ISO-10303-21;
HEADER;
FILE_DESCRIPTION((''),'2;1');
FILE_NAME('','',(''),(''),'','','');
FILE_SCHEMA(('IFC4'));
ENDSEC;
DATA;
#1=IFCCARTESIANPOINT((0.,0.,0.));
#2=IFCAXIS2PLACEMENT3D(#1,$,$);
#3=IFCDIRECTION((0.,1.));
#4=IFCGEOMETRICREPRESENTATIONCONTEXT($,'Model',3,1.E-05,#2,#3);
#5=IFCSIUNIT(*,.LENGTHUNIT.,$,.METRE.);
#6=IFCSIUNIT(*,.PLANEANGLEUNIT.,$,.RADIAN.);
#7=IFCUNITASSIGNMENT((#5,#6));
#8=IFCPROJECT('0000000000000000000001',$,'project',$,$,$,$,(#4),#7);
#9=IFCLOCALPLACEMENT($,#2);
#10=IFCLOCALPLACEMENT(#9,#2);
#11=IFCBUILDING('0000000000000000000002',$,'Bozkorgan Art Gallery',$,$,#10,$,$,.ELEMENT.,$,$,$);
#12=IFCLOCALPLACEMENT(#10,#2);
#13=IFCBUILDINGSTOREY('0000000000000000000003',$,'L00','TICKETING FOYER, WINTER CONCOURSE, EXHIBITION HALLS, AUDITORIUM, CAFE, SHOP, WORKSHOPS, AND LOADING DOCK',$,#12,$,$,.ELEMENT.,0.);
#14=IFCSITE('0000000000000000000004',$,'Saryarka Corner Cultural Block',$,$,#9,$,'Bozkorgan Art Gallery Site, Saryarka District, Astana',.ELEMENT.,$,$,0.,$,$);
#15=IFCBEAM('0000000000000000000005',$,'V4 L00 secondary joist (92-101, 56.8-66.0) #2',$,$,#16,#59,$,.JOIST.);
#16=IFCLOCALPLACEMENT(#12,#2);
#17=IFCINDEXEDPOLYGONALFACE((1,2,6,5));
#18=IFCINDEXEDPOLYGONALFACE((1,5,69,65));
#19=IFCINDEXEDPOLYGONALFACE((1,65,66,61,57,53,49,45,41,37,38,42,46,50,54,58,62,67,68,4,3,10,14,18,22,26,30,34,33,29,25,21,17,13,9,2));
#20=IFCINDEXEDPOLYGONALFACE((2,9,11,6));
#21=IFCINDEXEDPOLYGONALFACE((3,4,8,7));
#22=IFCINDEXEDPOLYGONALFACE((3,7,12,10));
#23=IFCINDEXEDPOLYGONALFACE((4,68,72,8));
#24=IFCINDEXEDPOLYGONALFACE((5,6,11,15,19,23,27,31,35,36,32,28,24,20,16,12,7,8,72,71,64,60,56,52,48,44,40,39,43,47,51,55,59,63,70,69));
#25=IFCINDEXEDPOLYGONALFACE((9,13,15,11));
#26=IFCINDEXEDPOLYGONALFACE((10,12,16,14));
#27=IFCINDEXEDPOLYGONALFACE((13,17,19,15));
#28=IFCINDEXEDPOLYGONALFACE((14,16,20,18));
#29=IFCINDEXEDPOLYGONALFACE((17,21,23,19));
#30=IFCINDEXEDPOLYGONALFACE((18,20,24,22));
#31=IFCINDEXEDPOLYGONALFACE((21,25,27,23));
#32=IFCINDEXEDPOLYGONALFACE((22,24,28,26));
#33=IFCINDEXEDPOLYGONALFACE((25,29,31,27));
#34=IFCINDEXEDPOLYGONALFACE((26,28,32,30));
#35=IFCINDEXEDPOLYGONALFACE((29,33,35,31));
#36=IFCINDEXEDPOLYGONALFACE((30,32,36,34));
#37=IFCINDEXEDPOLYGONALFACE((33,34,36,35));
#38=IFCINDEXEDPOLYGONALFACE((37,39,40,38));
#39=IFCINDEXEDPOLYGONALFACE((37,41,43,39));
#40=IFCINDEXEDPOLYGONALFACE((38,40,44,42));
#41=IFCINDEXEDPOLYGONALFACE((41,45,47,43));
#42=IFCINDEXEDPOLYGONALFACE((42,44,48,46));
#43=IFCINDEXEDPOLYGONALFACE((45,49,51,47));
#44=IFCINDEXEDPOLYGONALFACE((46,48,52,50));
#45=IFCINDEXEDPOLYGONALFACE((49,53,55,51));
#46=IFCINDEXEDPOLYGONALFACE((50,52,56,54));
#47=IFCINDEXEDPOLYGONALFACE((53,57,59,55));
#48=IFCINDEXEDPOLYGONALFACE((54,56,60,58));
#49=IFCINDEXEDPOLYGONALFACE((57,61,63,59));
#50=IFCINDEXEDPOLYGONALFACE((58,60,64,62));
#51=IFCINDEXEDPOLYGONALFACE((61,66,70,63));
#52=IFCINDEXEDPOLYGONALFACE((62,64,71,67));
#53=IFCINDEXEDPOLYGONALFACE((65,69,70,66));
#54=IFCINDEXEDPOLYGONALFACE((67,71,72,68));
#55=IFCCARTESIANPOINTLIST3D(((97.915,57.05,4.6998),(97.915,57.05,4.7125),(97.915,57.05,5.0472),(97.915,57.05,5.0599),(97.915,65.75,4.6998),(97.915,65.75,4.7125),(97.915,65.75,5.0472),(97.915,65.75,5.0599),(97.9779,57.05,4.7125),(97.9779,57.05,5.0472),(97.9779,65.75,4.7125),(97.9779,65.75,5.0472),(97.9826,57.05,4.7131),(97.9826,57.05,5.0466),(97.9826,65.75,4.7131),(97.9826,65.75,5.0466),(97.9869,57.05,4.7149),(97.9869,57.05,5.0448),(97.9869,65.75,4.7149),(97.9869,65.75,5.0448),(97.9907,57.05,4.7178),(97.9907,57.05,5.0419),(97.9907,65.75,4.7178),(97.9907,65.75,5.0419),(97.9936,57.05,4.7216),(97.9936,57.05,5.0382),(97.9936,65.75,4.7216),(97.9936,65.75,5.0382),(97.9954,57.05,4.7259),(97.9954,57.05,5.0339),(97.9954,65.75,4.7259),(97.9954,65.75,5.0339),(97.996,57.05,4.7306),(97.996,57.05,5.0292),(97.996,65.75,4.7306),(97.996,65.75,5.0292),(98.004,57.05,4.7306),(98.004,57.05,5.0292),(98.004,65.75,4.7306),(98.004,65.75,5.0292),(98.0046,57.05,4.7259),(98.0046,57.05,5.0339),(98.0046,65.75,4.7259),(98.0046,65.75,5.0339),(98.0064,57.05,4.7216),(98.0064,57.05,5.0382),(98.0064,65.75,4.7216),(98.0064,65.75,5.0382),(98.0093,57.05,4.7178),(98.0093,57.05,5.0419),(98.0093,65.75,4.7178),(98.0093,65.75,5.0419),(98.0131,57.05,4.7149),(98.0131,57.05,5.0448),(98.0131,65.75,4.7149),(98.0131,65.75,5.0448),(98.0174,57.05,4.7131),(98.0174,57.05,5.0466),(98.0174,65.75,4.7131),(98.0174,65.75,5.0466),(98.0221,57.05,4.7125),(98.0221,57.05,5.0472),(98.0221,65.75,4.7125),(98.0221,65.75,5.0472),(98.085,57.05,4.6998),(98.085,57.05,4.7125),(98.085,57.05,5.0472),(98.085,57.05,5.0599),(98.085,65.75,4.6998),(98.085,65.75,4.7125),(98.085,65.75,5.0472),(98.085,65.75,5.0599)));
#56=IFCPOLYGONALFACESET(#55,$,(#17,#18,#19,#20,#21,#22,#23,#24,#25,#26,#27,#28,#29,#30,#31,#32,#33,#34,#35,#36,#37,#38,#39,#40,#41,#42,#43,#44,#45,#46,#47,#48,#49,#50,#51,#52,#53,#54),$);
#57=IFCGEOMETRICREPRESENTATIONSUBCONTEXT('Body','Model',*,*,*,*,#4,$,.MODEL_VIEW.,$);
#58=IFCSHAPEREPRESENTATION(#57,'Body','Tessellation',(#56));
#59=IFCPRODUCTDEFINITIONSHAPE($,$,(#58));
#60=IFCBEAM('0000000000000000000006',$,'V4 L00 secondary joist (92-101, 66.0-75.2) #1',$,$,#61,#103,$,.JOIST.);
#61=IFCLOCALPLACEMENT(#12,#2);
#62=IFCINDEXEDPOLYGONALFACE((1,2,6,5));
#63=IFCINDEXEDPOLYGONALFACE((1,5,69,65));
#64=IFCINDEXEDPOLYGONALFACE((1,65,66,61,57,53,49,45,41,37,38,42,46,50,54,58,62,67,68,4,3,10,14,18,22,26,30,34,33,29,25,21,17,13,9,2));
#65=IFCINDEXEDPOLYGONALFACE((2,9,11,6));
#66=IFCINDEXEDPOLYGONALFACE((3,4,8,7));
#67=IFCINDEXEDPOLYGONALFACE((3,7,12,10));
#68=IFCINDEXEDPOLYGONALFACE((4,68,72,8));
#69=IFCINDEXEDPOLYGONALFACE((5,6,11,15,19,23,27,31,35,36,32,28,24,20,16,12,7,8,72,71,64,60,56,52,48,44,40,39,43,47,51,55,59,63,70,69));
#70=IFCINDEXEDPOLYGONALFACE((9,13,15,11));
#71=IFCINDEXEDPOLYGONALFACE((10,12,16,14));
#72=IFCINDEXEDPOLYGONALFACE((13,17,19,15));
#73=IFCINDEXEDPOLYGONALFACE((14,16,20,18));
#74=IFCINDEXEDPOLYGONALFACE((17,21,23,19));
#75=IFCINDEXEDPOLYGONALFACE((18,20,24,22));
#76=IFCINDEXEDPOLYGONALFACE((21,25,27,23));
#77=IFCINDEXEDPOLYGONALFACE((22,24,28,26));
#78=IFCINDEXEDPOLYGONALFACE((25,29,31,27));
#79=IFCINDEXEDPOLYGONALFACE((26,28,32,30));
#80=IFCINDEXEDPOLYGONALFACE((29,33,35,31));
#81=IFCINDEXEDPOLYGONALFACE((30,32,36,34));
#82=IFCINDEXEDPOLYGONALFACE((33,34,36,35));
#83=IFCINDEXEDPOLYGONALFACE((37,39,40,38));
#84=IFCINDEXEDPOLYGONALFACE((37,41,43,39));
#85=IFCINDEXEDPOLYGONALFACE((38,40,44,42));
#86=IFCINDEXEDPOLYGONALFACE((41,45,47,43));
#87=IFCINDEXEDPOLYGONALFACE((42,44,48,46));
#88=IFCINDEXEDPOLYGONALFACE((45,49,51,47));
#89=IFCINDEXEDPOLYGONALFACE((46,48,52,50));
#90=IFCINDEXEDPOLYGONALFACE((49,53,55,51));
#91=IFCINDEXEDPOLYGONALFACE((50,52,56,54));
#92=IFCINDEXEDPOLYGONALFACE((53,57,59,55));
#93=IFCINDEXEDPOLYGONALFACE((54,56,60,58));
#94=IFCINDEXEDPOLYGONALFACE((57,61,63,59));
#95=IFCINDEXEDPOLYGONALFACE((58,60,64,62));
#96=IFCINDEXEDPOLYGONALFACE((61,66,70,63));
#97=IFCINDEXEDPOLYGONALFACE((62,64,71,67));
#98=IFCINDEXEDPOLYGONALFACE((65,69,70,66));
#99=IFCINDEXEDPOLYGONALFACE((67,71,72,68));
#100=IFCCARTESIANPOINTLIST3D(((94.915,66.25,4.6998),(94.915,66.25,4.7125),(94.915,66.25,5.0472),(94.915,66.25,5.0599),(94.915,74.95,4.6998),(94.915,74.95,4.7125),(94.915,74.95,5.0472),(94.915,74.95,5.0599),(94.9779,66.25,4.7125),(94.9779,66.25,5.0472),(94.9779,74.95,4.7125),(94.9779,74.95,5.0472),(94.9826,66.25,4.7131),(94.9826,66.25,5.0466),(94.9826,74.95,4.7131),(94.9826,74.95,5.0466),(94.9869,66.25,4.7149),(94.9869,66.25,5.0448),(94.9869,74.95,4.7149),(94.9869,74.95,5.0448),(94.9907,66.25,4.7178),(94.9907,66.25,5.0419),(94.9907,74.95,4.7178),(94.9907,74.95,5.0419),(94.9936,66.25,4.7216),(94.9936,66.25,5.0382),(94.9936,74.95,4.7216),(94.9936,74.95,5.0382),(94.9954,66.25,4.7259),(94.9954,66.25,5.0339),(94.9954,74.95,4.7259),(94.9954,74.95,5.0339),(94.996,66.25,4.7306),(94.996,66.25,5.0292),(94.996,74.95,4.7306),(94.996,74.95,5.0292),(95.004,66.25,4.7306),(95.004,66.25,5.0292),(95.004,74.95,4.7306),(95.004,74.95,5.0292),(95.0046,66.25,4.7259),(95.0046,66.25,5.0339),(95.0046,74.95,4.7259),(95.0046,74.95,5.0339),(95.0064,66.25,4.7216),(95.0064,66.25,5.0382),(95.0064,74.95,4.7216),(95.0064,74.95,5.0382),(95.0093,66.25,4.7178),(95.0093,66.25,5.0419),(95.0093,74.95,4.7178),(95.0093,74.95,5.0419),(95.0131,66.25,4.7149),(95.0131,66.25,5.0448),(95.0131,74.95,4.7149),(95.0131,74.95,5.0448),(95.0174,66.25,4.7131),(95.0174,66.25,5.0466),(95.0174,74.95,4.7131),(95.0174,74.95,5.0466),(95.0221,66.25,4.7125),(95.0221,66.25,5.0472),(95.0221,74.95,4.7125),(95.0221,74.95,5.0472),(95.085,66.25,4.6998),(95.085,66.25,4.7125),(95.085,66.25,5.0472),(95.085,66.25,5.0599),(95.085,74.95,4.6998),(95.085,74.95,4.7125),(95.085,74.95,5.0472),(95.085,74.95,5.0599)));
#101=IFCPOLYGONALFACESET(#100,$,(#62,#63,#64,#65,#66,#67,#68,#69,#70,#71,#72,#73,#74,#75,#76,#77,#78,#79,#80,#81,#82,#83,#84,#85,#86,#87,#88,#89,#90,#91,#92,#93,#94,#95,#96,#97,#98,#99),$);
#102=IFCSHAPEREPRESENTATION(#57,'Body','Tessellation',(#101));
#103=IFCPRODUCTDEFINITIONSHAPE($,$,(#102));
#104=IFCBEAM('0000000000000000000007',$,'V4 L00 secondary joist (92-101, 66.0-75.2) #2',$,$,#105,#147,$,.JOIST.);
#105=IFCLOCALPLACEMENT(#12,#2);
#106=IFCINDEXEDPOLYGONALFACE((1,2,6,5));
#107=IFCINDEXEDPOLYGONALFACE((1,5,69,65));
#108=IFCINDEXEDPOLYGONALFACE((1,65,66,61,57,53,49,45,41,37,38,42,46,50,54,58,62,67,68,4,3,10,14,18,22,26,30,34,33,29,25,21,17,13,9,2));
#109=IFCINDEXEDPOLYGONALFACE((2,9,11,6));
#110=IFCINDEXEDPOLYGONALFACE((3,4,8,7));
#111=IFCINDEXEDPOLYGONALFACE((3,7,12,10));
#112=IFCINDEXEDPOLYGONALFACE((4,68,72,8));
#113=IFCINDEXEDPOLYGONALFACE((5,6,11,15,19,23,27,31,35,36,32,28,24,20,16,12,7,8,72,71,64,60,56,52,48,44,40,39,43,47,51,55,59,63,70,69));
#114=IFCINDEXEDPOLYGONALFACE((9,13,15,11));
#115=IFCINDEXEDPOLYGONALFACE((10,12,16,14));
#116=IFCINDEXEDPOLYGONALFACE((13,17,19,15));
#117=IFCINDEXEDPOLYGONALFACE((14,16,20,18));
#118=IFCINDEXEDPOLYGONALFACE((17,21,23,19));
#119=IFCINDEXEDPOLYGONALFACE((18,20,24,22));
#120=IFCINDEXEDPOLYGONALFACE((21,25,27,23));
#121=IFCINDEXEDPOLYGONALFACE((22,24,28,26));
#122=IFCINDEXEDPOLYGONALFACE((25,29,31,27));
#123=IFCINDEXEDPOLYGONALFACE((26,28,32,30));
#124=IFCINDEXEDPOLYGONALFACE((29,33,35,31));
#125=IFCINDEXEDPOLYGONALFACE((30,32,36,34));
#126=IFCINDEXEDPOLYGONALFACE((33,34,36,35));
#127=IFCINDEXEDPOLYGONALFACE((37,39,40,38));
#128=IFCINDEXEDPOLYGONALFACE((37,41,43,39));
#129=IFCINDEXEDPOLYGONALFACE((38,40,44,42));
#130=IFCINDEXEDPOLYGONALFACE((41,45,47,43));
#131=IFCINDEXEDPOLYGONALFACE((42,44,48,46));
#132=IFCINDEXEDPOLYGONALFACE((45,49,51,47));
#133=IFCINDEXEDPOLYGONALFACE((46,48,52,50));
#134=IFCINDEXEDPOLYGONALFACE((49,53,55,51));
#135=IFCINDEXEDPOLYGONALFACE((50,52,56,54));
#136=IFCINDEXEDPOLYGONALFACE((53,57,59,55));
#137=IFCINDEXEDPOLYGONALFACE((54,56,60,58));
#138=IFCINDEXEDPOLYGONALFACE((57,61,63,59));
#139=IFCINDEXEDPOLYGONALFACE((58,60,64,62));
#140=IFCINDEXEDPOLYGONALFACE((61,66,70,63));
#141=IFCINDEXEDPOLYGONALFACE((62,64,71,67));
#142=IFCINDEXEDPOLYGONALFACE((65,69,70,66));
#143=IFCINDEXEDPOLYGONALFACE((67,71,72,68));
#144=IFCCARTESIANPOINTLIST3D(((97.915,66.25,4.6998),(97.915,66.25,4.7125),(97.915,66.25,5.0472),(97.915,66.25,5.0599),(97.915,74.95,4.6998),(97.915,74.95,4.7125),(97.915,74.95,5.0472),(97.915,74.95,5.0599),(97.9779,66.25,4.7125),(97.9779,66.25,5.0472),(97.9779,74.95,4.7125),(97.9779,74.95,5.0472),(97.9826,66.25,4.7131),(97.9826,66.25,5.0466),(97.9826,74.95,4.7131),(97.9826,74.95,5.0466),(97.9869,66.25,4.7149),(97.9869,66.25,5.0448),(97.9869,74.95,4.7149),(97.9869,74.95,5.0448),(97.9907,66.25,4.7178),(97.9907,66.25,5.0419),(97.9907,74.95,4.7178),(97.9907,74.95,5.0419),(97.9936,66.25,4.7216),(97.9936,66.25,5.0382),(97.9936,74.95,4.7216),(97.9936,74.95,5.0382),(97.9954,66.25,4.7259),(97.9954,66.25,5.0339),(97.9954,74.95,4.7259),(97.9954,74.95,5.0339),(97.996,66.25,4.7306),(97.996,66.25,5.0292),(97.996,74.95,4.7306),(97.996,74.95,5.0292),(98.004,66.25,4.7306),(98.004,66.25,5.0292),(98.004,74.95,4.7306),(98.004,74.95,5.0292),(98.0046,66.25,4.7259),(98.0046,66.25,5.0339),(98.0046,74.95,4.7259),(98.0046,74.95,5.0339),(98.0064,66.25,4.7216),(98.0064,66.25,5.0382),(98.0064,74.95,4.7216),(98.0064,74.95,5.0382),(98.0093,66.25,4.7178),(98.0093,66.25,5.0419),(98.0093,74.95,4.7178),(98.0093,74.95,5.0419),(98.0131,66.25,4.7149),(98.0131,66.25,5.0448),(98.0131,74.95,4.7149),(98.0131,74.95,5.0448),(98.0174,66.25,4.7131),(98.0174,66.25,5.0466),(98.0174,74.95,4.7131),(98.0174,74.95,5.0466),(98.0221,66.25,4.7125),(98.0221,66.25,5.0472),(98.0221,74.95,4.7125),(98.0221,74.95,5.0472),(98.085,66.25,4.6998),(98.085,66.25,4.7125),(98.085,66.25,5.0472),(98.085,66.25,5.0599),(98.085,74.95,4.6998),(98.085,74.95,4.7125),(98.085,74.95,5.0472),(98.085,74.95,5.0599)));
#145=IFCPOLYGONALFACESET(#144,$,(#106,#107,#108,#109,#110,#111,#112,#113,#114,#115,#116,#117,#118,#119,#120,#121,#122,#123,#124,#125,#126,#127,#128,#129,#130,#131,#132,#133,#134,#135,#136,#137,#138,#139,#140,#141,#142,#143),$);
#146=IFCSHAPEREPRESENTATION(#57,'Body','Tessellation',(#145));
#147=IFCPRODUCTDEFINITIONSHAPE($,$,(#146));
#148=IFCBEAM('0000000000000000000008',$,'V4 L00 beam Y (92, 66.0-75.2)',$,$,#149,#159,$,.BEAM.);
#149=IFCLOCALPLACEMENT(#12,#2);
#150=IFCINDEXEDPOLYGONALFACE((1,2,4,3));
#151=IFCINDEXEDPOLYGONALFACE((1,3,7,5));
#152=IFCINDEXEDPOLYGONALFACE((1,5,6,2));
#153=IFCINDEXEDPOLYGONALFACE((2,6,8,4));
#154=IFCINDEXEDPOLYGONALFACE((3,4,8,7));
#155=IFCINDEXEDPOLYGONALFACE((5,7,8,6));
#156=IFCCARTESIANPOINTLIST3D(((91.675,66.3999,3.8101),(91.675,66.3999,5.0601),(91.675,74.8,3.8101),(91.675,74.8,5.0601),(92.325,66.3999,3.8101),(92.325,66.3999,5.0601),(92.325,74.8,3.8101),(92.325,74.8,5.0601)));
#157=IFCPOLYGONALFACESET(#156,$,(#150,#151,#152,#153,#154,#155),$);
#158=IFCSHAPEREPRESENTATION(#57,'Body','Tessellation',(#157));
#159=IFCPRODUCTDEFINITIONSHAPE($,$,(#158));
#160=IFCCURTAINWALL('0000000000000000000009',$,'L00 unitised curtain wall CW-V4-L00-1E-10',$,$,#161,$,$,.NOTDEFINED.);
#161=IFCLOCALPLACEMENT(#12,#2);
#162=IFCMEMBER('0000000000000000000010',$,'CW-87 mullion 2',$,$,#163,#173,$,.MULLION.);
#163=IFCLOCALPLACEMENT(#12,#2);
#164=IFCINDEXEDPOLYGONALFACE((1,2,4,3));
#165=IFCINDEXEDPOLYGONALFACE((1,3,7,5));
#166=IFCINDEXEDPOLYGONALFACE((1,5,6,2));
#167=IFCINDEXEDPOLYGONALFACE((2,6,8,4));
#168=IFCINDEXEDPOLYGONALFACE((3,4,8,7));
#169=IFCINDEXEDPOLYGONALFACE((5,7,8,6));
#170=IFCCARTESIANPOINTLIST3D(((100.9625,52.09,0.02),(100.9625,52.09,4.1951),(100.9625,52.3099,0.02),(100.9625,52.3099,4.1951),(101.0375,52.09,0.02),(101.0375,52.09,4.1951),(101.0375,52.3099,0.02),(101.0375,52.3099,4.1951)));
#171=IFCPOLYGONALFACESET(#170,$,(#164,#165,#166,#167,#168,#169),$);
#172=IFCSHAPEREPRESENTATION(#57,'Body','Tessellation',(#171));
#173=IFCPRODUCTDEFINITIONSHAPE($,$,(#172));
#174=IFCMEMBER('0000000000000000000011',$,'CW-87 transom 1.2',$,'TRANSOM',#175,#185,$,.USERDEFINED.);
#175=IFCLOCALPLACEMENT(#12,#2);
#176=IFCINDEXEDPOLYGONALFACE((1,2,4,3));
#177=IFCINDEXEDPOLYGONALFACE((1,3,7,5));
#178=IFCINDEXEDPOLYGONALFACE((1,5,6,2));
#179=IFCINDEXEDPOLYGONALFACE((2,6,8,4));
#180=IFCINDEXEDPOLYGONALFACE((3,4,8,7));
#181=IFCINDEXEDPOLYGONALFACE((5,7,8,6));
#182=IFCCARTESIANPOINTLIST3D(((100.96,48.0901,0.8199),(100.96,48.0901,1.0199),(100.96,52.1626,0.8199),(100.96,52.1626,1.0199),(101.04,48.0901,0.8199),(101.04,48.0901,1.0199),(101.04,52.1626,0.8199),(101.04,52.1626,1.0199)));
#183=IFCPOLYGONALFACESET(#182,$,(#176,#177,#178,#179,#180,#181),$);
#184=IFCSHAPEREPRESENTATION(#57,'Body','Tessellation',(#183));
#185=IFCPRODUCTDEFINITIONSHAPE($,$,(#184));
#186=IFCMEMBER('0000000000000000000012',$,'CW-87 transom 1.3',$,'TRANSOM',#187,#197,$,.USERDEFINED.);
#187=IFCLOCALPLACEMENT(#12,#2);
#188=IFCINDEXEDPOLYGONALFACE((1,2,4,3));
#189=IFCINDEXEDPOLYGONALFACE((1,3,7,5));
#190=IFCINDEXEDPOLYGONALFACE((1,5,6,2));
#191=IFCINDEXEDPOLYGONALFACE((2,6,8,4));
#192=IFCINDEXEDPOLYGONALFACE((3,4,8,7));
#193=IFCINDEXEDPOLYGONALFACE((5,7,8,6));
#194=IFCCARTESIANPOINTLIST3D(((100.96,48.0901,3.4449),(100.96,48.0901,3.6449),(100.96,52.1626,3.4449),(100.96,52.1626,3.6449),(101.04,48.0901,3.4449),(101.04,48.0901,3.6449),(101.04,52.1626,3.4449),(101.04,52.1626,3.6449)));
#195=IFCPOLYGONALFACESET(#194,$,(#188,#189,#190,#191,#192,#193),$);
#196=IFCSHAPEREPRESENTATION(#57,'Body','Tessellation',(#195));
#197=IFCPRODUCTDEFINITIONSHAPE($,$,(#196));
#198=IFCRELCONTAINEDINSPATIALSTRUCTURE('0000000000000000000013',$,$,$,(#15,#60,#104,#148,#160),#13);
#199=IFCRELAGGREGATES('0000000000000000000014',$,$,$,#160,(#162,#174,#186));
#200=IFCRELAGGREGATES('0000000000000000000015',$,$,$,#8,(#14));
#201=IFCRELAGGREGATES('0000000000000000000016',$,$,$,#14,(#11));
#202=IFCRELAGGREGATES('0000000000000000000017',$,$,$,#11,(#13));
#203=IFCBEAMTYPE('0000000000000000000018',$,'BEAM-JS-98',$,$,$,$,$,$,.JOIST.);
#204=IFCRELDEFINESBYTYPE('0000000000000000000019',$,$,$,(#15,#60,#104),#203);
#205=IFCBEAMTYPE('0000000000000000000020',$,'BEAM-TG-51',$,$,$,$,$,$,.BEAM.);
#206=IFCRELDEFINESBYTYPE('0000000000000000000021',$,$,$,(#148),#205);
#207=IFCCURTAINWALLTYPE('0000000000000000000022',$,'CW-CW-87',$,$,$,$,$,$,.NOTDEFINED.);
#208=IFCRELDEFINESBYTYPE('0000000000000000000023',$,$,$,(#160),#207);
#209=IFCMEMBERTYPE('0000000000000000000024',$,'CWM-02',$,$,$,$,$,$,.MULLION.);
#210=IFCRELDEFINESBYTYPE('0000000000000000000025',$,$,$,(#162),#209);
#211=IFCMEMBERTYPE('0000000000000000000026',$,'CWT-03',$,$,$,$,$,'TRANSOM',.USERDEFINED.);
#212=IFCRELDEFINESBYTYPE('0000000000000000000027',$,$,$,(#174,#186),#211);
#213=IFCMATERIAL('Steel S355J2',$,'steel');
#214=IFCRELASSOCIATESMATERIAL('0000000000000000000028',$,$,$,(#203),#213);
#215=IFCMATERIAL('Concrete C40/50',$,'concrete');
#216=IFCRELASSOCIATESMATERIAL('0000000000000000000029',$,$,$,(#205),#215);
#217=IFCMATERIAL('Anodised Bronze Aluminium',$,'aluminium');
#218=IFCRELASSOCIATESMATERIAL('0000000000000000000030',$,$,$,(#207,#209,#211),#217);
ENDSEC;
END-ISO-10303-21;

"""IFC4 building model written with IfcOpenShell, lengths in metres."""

from ifc_helpers import new_model, si_unit, direction, frame, origin, origin_2d, place, context, subcontext, project, spatial, rectangle, i_section, extrude, material, material_profile, profile_set, type_object, element, aggregate, save


model = new_model("IFC4")

# Units and contexts
model_context = context("Model", 3, precision=1e-05, world=origin(), true_north=direction((0.0, 1.0)))
body_context = subcontext(model_context, "Body", "Model", "MODEL_VIEW")
ifc_project = project(units=[si_unit("LENGTHUNIT", "METRE"), si_unit("PLANEANGLEUNIT", "RADIAN")], contexts=[model_context])

# Site, building, storey
site_placement = place(None, origin())
site = spatial("IfcSite", under=ifc_project, at=site_placement, Name="Saryarka Corner Cultural Block", LongName="Bozkorgan Art Gallery Site, Saryarka District, Astana", CompositionType="ELEMENT", RefElevation=0.0)
building_placement = place(site_placement, origin())
building = spatial("IfcBuilding", under=site, at=building_placement, Name="Bozkorgan Art Gallery", CompositionType="ELEMENT")
storey_placement = place(building_placement, origin())
storey = spatial("IfcBuildingStorey", under=building, at=storey_placement, Name="L00", Description="TICKETING FOYER, WINTER CONCOURSE, EXHIBITION HALLS, AUDITORIUM, CAFE, SHOP, WORKSHOPS, AND LOADING DOCK", CompositionType="ELEMENT", Elevation=0.0)

# Shared definitions
ifc_material_1 = material(Name="Concrete C40/50", Category="concrete")

# Beams
ifc_material_2 = material(Name="Steel S355J2", Category="steel")
ifc_material_profile_1 = material_profile(ifc_material_2, i_section(OverallWidth=0.1699, OverallDepth=0.3601, WebThickness=0.0081, FlangeThickness=0.0127, FilletRadius=0.0181, at=origin_2d()), Name="IPE 360")
ifc_profile_set_1 = profile_set([ifc_material_profile_1], Name="Steel S355J2")
beam_type_1 = type_object("IfcBeamType", Name="BEAM-JS-98", PredefinedType="JOIST", material=ifc_profile_set_1)
for number, where, z_axis, x_axis, name in (
    (1, (98.0, 57.05, 4.8799), (0.0, 1.0, 0.0), (-1.0, 0.0, 0.0), "V4 L00 secondary joist (92-101, 56.8-66.0) #2"),
    (2, (95.0, 66.25, 4.8799), (0.0, 1.0, 0.0), (-1.0, 0.0, 0.0), "V4 L00 secondary joist (92-101, 66.0-75.2) #1"),
    (3, (98.0, 66.25, 4.8799), (0.0, 1.0, 0.0), (-1.0, 0.0, 0.0), "V4 L00 secondary joist (92-101, 66.0-75.2) #2"),
):
    element("IfcBeam", number, at=place(storey_placement, frame(where, z_axis=z_axis, x_axis=x_axis)), inside=storey, type_object=beam_type_1, Name=name, PredefinedType="JOIST", context=body_context, shape_type="SweptSolid", body=[
        extrude(i_section(OverallWidth=0.1699, OverallDepth=0.3601, WebThickness=0.0081, FlangeThickness=0.0127, FilletRadius=0.0181, at=origin_2d()), origin(), (0.0, 0.0, 1.0), 8.7),
    ])
ifc_material_profile_2 = material_profile(ifc_material_1, rectangle(XDim=0.6499, YDim=1.25, at=origin_2d()), Name="RC 650x1250")
ifc_profile_set_2 = profile_set([ifc_material_profile_2], Name="Concrete C40/50")
beam_type_2 = type_object("IfcBeamType", Name="BEAM-TG-51", PredefinedType="BEAM", material=ifc_profile_set_2)
beam_1_placement = place(storey_placement, frame((92.0, 66.3999, 4.4351), z_axis=(0.0, 1.0, 0.0), x_axis=(-1.0, 0.0, 0.0)))
element("IfcBeam", 4, at=beam_1_placement, inside=storey, type_object=beam_type_2, Name="V4 L00 beam Y (92, 66.0-75.2)", PredefinedType="BEAM", context=body_context, shape_type="SweptSolid", body=[
    extrude(rectangle(XDim=0.6499, YDim=1.25, at=origin_2d()), origin(), (0.0, 0.0, 1.0), 8.4001),
])

# Curtain wall, members
ifc_material_3 = material(Name="Anodised Bronze Aluminium", Category="aluminium")
curtain_wall_type = type_object("IfcCurtainWallType", Name="CW-CW-87", PredefinedType="NOTDEFINED", material=ifc_material_3)
curtain_wall_placement = place(storey_placement, origin())
curtain_wall = element("IfcCurtainWall", 5, at=curtain_wall_placement, inside=storey, type_object=curtain_wall_type, Name="L00 unitised curtain wall CW-V4-L00-1E-10", PredefinedType="NOTDEFINED")
ifc_material_profile_3 = material_profile(ifc_material_3, rectangle(XDim=0.075, YDim=0.22, at=origin_2d()), Name="ALU MULLION 75x220")
ifc_profile_set_3 = profile_set([ifc_material_profile_3], Name="Anodised Bronze Aluminium")
member_type_1 = type_object("IfcMemberType", Name="CWM-02", PredefinedType="MULLION", material=ifc_profile_set_3)
member_1_placement = place(storey_placement, frame((101.0, 52.2, 0.02), z_axis=(0.0, 0.0, 1.0), x_axis=(-1.0, 0.0, 0.0)))
member_1 = element("IfcMember", 6, at=member_1_placement, type_object=member_type_1, Name="CW-87 mullion 2", PredefinedType="MULLION", context=body_context, shape_type="SweptSolid", body=[
    extrude(rectangle(XDim=0.075, YDim=0.22, at=origin_2d()), origin(), (0.0, 0.0, 1.0), 4.175),
])
ifc_material_profile_4 = material_profile(ifc_material_3, rectangle(XDim=0.0801, YDim=0.2, at=origin_2d()), Name="ALU TRANSOM 80x200")
ifc_profile_set_4 = profile_set([ifc_material_profile_4], Name="Anodised Bronze Aluminium")
member_type_2 = type_object("IfcMemberType", Name="CWT-03", ElementType="TRANSOM", PredefinedType="USERDEFINED", material=ifc_profile_set_4)
member_2_placement = place(storey_placement, frame((101.0, 48.0901, 0.9199), z_axis=(0.0, 1.0, 0.0), x_axis=(-1.0, 0.0, 0.0)))
member_2 = element("IfcMember", 7, at=member_2_placement, type_object=member_type_2, Name="CW-87 transom 1.2", ObjectType="TRANSOM", PredefinedType="USERDEFINED", context=body_context, shape_type="SweptSolid", body=[
    extrude(rectangle(XDim=0.0801, YDim=0.2, at=origin_2d()), origin(), (0.0, 0.0, 1.0), 4.0725),
])
member_3_placement = place(storey_placement, frame((101.0, 48.0901, 3.5449), z_axis=(0.0, 1.0, 0.0), x_axis=(-1.0, 0.0, 0.0)))
member_3 = element("IfcMember", 8, at=member_3_placement, type_object=member_type_2, Name="CW-87 transom 1.3", ObjectType="TRANSOM", PredefinedType="USERDEFINED", context=body_context, shape_type="SweptSolid", body=[
    extrude(rectangle(XDim=0.0801, YDim=0.2, at=origin_2d()), origin(), (0.0, 0.0, 1.0), 4.0725),
])
aggregate(curtain_wall, [member_1, member_2, member_3])

save(model, "model.ifc")
